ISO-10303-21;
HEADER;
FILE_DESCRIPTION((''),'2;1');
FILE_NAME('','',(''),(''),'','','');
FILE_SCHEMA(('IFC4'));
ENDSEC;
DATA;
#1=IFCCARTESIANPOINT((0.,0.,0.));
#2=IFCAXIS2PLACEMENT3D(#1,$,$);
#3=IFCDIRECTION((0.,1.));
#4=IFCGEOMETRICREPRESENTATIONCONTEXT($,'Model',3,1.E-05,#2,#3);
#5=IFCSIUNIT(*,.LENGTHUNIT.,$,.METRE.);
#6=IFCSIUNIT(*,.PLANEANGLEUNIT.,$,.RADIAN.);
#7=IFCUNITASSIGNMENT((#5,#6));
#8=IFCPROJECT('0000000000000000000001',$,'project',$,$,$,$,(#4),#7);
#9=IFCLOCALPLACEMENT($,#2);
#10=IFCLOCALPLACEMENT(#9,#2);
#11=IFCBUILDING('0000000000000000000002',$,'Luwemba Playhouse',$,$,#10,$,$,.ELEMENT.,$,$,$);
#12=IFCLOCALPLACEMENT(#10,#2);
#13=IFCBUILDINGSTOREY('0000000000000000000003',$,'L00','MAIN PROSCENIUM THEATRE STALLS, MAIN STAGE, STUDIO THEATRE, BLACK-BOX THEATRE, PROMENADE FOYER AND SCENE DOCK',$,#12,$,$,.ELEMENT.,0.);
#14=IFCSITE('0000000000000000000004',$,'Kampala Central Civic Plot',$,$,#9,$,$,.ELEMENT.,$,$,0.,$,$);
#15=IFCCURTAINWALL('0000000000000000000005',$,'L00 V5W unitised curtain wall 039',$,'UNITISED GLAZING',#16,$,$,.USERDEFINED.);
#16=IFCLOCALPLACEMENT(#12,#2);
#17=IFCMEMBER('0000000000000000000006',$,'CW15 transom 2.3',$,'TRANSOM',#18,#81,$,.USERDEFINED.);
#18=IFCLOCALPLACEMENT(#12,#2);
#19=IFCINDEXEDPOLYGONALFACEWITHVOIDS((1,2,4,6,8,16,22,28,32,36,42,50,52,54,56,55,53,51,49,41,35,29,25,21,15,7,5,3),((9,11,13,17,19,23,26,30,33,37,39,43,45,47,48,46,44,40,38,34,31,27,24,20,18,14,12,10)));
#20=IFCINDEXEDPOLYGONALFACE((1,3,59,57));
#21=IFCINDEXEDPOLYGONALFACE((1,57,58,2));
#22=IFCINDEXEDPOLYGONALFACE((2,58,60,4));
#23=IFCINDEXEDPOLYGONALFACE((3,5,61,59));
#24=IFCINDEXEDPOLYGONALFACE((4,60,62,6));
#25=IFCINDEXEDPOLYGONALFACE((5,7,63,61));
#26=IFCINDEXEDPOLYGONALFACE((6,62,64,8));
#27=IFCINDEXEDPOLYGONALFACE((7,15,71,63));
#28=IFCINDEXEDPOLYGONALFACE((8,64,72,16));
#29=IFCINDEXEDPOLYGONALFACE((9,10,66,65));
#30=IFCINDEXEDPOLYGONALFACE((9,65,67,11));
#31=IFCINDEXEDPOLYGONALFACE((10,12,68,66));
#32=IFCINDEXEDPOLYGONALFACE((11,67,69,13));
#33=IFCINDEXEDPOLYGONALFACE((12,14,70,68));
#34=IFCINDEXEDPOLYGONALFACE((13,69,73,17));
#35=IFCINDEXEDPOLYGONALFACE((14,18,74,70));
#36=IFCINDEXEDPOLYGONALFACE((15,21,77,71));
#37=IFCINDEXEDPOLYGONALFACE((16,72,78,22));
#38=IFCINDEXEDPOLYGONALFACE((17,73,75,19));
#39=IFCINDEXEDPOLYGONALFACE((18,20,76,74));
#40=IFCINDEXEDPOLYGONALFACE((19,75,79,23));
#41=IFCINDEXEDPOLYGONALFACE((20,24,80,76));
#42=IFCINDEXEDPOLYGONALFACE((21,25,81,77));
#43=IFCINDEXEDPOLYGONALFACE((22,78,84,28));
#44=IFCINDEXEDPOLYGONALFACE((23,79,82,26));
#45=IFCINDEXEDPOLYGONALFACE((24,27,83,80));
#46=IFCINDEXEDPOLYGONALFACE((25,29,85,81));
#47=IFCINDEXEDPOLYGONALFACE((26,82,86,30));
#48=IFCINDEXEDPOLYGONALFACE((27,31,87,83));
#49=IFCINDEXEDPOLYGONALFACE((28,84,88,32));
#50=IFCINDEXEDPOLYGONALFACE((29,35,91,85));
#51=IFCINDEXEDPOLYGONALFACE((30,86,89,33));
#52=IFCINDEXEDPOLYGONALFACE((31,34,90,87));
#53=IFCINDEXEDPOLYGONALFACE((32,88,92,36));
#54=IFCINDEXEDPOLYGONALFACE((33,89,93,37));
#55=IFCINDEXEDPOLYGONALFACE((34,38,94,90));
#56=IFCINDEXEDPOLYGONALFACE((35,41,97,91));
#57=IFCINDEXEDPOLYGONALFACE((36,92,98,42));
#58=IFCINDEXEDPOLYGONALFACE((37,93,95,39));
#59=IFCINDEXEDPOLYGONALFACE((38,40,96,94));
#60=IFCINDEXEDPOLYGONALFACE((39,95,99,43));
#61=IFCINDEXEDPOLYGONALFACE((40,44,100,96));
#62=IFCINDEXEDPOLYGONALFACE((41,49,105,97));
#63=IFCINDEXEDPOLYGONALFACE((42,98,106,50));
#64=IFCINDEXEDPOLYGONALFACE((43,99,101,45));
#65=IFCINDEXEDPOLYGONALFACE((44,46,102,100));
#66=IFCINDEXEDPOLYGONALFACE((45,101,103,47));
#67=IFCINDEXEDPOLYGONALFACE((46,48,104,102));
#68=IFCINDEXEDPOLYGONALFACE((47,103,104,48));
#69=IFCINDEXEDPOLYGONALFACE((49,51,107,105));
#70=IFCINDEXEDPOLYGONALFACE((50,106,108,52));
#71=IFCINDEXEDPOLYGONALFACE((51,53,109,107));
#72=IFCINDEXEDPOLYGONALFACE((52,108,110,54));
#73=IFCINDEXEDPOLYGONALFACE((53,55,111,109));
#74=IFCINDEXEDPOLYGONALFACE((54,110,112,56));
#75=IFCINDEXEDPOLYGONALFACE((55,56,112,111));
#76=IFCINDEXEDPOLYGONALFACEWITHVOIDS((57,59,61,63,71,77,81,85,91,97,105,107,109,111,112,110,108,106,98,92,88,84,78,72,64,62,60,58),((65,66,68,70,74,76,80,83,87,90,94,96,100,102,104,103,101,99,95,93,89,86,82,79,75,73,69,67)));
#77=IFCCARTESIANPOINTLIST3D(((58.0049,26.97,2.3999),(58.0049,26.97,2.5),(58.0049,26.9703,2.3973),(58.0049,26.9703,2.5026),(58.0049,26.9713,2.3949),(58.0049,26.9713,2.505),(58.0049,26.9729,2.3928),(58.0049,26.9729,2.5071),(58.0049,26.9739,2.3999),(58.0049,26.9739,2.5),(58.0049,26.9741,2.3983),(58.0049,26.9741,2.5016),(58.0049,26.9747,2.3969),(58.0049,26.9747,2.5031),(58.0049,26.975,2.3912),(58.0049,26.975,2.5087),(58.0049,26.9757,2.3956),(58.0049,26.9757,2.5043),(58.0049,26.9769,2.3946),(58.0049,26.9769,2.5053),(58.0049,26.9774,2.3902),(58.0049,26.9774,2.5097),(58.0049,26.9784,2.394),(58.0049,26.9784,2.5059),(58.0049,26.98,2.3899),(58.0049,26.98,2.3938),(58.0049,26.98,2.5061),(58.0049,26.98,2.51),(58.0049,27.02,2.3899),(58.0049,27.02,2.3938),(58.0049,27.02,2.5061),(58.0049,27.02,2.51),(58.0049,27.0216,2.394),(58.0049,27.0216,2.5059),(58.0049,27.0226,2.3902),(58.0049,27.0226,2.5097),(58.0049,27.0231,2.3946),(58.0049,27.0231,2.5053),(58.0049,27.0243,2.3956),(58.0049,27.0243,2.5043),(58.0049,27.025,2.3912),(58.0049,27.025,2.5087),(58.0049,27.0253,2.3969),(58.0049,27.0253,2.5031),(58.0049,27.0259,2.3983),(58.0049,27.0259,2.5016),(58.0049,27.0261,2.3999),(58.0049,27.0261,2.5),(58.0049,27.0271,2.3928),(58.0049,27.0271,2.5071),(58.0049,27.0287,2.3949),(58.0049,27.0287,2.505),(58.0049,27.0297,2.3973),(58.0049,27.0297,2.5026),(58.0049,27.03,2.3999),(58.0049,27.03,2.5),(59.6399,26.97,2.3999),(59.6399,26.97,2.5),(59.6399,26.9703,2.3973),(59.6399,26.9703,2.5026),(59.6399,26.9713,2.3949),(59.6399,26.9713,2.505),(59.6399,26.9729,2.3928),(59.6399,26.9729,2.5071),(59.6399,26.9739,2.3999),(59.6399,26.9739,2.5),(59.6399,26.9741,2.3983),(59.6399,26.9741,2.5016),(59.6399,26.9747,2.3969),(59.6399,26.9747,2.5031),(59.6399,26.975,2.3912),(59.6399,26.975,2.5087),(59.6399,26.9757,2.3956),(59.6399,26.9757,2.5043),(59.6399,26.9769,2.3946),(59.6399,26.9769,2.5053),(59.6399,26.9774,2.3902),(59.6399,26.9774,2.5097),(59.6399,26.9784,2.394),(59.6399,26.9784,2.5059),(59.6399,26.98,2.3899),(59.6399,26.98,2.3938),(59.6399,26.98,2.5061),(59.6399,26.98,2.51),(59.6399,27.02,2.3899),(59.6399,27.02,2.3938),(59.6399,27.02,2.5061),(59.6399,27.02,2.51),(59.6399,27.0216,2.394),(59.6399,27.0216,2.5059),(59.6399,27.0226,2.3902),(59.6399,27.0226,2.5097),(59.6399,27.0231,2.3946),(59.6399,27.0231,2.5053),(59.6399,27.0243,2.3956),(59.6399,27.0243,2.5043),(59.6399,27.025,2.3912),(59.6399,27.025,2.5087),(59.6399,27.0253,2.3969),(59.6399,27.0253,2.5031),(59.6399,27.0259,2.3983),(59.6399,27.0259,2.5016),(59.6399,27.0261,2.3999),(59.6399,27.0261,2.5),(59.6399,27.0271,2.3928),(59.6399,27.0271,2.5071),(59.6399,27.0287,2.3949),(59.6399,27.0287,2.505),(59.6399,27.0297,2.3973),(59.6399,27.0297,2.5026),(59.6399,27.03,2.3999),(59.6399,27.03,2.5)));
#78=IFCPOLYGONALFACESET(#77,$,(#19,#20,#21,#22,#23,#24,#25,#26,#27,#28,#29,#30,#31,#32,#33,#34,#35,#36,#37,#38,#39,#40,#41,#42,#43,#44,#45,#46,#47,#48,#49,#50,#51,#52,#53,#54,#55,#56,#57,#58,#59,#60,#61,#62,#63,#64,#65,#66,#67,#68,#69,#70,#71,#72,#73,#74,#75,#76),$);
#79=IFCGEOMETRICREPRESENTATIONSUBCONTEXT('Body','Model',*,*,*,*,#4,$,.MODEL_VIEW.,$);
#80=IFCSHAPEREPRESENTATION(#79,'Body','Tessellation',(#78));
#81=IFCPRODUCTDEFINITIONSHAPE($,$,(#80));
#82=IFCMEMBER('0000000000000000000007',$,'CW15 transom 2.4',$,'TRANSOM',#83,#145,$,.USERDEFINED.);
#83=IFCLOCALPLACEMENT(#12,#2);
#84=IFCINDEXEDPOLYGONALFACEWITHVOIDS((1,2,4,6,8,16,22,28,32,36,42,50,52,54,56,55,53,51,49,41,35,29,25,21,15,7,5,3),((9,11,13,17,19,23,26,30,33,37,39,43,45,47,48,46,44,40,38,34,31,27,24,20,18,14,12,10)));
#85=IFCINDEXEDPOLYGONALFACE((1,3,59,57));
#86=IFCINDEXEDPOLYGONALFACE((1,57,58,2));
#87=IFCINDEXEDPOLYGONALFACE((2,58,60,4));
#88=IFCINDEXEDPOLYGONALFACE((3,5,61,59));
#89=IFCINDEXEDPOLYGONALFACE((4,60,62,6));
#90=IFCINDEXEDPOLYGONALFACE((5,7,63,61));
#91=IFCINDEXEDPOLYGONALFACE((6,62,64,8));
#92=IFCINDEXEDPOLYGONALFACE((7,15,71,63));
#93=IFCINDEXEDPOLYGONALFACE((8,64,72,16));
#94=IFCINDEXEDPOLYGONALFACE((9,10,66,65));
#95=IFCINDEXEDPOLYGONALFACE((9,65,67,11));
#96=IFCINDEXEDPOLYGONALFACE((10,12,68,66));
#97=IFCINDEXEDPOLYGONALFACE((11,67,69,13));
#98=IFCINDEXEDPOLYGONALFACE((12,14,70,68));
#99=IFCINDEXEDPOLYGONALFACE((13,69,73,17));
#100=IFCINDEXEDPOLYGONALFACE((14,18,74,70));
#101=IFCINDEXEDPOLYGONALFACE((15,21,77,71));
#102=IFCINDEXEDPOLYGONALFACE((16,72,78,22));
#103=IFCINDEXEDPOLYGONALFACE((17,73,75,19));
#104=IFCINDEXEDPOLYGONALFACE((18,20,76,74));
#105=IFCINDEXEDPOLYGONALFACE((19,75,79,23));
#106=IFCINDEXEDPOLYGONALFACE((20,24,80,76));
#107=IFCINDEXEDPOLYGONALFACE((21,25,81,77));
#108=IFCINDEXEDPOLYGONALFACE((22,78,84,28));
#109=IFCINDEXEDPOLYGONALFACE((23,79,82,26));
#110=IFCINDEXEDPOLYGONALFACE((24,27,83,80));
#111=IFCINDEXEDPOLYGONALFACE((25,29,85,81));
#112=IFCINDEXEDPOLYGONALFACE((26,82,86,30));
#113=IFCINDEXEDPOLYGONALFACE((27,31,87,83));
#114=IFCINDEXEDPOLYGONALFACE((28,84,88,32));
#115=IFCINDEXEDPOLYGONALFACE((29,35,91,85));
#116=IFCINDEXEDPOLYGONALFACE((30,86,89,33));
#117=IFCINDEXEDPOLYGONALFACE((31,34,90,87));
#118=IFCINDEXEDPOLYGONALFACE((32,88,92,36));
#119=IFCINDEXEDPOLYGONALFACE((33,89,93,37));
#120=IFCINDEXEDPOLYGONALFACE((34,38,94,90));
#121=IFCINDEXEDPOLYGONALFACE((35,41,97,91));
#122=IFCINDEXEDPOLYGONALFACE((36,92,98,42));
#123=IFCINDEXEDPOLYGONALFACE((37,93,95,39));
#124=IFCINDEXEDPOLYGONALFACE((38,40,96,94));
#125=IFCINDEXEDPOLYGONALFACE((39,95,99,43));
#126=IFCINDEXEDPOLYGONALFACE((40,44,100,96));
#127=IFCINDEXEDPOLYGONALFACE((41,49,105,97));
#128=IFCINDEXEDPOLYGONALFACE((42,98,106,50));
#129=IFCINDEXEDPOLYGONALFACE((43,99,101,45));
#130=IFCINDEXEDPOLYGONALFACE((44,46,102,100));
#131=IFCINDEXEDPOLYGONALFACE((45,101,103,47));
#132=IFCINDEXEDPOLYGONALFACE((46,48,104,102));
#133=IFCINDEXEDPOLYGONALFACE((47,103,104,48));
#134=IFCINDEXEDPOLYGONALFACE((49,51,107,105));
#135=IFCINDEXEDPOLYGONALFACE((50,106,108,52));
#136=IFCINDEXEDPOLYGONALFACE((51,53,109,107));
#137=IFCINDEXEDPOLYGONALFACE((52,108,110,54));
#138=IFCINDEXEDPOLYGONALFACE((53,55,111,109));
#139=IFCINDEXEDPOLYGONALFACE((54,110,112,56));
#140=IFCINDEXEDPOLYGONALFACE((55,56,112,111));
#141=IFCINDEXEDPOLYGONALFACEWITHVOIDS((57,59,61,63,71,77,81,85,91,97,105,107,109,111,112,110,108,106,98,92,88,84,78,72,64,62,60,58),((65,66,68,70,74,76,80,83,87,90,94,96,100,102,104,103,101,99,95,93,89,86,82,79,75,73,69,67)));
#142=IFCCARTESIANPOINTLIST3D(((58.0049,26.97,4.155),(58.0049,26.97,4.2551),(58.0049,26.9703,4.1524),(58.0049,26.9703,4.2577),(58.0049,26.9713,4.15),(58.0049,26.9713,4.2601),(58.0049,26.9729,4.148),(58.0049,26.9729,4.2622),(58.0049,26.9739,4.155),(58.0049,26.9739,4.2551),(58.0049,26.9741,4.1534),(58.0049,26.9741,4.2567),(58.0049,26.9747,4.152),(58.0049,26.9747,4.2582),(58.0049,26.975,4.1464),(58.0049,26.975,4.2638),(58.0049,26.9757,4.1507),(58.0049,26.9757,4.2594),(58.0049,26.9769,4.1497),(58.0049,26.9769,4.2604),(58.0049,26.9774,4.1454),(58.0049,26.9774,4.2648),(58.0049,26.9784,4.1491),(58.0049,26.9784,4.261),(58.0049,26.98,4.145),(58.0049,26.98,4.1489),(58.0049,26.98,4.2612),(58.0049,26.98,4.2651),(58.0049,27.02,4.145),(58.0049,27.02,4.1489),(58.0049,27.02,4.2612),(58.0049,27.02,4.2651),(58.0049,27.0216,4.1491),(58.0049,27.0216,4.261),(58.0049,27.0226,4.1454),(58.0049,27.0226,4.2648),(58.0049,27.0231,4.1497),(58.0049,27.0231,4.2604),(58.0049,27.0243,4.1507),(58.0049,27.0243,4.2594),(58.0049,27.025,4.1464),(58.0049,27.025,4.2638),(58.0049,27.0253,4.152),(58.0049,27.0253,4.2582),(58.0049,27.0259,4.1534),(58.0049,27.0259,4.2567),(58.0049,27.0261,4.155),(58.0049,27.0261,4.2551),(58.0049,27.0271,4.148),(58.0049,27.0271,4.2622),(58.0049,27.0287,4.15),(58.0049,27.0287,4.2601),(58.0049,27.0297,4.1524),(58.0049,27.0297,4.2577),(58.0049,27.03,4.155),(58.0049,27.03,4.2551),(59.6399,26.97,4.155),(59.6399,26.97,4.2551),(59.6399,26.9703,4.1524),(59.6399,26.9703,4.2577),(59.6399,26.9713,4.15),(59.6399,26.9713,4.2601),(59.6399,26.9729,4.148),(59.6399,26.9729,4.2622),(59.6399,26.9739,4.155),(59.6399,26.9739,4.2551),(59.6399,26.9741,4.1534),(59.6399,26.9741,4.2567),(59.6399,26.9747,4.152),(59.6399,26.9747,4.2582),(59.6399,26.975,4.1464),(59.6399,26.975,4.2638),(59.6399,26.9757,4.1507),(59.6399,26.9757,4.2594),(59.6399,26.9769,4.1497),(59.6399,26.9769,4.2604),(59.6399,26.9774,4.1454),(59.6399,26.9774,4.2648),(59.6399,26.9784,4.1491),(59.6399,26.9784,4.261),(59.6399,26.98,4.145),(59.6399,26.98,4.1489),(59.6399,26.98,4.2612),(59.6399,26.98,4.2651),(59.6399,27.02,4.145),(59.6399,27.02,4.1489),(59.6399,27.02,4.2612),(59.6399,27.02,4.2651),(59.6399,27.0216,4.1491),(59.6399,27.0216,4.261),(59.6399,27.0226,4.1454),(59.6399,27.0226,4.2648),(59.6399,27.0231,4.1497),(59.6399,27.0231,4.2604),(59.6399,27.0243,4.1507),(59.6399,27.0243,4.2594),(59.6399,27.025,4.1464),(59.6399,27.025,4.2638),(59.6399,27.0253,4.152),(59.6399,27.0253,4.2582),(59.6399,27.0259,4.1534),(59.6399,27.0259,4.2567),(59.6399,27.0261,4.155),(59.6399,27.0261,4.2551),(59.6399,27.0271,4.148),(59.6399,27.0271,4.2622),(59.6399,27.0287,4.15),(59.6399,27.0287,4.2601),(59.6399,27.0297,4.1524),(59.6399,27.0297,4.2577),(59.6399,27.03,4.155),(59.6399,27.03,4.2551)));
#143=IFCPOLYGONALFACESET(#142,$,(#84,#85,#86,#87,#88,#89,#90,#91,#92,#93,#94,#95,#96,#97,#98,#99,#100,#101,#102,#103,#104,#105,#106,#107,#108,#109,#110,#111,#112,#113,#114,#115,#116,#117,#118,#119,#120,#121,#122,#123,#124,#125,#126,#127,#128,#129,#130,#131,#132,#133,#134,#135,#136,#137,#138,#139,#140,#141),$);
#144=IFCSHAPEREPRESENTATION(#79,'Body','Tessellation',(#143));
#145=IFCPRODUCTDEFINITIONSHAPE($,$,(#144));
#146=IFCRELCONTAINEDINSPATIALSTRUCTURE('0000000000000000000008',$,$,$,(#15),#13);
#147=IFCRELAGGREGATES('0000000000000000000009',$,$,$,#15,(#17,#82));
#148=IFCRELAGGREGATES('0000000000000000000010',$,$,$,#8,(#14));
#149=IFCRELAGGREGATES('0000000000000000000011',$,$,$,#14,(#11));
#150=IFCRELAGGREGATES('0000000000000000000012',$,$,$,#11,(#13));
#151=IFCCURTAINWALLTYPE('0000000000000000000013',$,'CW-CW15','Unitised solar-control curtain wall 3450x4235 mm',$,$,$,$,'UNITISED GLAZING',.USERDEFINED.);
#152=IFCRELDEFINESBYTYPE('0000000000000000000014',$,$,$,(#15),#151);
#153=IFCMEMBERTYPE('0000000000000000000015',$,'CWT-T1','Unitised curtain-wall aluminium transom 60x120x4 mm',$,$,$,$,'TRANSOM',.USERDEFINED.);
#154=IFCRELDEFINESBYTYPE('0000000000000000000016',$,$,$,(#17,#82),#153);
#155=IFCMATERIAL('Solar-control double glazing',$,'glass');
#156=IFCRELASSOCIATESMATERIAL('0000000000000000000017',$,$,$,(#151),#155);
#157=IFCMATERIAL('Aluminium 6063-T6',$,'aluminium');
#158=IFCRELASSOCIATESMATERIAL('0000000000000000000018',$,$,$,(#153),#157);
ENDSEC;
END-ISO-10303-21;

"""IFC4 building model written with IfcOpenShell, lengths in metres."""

from ifc_helpers import new_model, si_unit, direction, frame, origin, origin_2d, place, context, subcontext, project, spatial, hollow_rectangle, extrude, material, material_profile, profile_set, type_object, element, aggregate, save


model = new_model("IFC4")

# Units and contexts
model_context = context("Model", 3, precision=1e-05, world=origin(), true_north=direction((0.0, 1.0)))
body_context = subcontext(model_context, "Body", "Model", "MODEL_VIEW")
ifc_project = project(units=[si_unit("LENGTHUNIT", "METRE"), si_unit("PLANEANGLEUNIT", "RADIAN")], contexts=[model_context])

# Site, building, storey
site_placement = place(None, origin())
site = spatial("IfcSite", under=ifc_project, at=site_placement, Name="Kampala Central Civic Plot", CompositionType="ELEMENT", RefElevation=0.0)
building_placement = place(site_placement, origin())
building = spatial("IfcBuilding", under=site, at=building_placement, Name="Luwemba Playhouse", CompositionType="ELEMENT")
storey_placement = place(building_placement, origin())
storey = spatial("IfcBuildingStorey", under=building, at=storey_placement, Name="L00", Description="MAIN PROSCENIUM THEATRE STALLS, MAIN STAGE, STUDIO THEATRE, BLACK-BOX THEATRE, PROMENADE FOYER AND SCENE DOCK", CompositionType="ELEMENT", Elevation=0.0)

# Curtain wall
ifc_material_1 = material(Name="Solar-control double glazing", Category="glass")
curtain_wall_type_1 = type_object("IfcCurtainWallType", Name="CW-CW15", Description="Unitised solar-control curtain wall 3450x4235 mm", ElementType="UNITISED GLAZING", PredefinedType="USERDEFINED", material=ifc_material_1)
curtain_wall_1_placement = place(storey_placement, origin())
curtain_wall_1 = element("IfcCurtainWall", 1, at=curtain_wall_1_placement, inside=storey, type_object=curtain_wall_type_1, Name="L00 V5W unitised curtain wall 039", ObjectType="UNITISED GLAZING", PredefinedType="USERDEFINED")
ifc_material_2 = material(Name="Aluminium 6063-T6", Category="aluminium")

# Members
ifc_material_profile_1 = material_profile(ifc_material_2, hollow_rectangle(XDim=0.0601, YDim=0.1201, WallThickness=0.0039, InnerFilletRadius=0.0061, OuterFilletRadius=0.01, at=origin_2d()))
ifc_profile_set_1 = profile_set([ifc_material_profile_1], Name="Aluminium 6063-T6")
member_type_1 = type_object("IfcMemberType", Name="CWT-T1", Description="Unitised curtain-wall aluminium transom 60x120x4 mm", ElementType="TRANSOM", PredefinedType="USERDEFINED", material=ifc_profile_set_1)
member_1_placement = place(storey_placement, frame((58.0049, 27.0, 2.45), z_axis=(1.0, 0.0, 0.0), x_axis=(0.0, 1.0, 0.0)))
member_1 = element("IfcMember", 2, at=member_1_placement, type_object=member_type_1, Name="CW15 transom 2.3", ObjectType="TRANSOM", PredefinedType="USERDEFINED", context=body_context, shape_type="SweptSolid", body=[
    extrude(hollow_rectangle(XDim=0.0601, YDim=0.1201, WallThickness=0.0039, InnerFilletRadius=0.0061, OuterFilletRadius=0.01, at=origin_2d()), origin(), (0.0, 0.0, 1.0), 1.635),
])
member_2_placement = place(storey_placement, frame((58.0049, 27.0, 4.2051), z_axis=(1.0, 0.0, 0.0), x_axis=(0.0, 1.0, 0.0)))
member_2 = element("IfcMember", 3, at=member_2_placement, type_object=member_type_1, Name="CW15 transom 2.4", ObjectType="TRANSOM", PredefinedType="USERDEFINED", context=body_context, shape_type="SweptSolid", body=[
    extrude(hollow_rectangle(XDim=0.0601, YDim=0.1201, WallThickness=0.0039, InnerFilletRadius=0.0061, OuterFilletRadius=0.01, at=origin_2d()), origin(), (0.0, 0.0, 1.0), 1.635),
])

aggregate(curtain_wall_1, [member_1, member_2])

save(model, "model.ifc")
